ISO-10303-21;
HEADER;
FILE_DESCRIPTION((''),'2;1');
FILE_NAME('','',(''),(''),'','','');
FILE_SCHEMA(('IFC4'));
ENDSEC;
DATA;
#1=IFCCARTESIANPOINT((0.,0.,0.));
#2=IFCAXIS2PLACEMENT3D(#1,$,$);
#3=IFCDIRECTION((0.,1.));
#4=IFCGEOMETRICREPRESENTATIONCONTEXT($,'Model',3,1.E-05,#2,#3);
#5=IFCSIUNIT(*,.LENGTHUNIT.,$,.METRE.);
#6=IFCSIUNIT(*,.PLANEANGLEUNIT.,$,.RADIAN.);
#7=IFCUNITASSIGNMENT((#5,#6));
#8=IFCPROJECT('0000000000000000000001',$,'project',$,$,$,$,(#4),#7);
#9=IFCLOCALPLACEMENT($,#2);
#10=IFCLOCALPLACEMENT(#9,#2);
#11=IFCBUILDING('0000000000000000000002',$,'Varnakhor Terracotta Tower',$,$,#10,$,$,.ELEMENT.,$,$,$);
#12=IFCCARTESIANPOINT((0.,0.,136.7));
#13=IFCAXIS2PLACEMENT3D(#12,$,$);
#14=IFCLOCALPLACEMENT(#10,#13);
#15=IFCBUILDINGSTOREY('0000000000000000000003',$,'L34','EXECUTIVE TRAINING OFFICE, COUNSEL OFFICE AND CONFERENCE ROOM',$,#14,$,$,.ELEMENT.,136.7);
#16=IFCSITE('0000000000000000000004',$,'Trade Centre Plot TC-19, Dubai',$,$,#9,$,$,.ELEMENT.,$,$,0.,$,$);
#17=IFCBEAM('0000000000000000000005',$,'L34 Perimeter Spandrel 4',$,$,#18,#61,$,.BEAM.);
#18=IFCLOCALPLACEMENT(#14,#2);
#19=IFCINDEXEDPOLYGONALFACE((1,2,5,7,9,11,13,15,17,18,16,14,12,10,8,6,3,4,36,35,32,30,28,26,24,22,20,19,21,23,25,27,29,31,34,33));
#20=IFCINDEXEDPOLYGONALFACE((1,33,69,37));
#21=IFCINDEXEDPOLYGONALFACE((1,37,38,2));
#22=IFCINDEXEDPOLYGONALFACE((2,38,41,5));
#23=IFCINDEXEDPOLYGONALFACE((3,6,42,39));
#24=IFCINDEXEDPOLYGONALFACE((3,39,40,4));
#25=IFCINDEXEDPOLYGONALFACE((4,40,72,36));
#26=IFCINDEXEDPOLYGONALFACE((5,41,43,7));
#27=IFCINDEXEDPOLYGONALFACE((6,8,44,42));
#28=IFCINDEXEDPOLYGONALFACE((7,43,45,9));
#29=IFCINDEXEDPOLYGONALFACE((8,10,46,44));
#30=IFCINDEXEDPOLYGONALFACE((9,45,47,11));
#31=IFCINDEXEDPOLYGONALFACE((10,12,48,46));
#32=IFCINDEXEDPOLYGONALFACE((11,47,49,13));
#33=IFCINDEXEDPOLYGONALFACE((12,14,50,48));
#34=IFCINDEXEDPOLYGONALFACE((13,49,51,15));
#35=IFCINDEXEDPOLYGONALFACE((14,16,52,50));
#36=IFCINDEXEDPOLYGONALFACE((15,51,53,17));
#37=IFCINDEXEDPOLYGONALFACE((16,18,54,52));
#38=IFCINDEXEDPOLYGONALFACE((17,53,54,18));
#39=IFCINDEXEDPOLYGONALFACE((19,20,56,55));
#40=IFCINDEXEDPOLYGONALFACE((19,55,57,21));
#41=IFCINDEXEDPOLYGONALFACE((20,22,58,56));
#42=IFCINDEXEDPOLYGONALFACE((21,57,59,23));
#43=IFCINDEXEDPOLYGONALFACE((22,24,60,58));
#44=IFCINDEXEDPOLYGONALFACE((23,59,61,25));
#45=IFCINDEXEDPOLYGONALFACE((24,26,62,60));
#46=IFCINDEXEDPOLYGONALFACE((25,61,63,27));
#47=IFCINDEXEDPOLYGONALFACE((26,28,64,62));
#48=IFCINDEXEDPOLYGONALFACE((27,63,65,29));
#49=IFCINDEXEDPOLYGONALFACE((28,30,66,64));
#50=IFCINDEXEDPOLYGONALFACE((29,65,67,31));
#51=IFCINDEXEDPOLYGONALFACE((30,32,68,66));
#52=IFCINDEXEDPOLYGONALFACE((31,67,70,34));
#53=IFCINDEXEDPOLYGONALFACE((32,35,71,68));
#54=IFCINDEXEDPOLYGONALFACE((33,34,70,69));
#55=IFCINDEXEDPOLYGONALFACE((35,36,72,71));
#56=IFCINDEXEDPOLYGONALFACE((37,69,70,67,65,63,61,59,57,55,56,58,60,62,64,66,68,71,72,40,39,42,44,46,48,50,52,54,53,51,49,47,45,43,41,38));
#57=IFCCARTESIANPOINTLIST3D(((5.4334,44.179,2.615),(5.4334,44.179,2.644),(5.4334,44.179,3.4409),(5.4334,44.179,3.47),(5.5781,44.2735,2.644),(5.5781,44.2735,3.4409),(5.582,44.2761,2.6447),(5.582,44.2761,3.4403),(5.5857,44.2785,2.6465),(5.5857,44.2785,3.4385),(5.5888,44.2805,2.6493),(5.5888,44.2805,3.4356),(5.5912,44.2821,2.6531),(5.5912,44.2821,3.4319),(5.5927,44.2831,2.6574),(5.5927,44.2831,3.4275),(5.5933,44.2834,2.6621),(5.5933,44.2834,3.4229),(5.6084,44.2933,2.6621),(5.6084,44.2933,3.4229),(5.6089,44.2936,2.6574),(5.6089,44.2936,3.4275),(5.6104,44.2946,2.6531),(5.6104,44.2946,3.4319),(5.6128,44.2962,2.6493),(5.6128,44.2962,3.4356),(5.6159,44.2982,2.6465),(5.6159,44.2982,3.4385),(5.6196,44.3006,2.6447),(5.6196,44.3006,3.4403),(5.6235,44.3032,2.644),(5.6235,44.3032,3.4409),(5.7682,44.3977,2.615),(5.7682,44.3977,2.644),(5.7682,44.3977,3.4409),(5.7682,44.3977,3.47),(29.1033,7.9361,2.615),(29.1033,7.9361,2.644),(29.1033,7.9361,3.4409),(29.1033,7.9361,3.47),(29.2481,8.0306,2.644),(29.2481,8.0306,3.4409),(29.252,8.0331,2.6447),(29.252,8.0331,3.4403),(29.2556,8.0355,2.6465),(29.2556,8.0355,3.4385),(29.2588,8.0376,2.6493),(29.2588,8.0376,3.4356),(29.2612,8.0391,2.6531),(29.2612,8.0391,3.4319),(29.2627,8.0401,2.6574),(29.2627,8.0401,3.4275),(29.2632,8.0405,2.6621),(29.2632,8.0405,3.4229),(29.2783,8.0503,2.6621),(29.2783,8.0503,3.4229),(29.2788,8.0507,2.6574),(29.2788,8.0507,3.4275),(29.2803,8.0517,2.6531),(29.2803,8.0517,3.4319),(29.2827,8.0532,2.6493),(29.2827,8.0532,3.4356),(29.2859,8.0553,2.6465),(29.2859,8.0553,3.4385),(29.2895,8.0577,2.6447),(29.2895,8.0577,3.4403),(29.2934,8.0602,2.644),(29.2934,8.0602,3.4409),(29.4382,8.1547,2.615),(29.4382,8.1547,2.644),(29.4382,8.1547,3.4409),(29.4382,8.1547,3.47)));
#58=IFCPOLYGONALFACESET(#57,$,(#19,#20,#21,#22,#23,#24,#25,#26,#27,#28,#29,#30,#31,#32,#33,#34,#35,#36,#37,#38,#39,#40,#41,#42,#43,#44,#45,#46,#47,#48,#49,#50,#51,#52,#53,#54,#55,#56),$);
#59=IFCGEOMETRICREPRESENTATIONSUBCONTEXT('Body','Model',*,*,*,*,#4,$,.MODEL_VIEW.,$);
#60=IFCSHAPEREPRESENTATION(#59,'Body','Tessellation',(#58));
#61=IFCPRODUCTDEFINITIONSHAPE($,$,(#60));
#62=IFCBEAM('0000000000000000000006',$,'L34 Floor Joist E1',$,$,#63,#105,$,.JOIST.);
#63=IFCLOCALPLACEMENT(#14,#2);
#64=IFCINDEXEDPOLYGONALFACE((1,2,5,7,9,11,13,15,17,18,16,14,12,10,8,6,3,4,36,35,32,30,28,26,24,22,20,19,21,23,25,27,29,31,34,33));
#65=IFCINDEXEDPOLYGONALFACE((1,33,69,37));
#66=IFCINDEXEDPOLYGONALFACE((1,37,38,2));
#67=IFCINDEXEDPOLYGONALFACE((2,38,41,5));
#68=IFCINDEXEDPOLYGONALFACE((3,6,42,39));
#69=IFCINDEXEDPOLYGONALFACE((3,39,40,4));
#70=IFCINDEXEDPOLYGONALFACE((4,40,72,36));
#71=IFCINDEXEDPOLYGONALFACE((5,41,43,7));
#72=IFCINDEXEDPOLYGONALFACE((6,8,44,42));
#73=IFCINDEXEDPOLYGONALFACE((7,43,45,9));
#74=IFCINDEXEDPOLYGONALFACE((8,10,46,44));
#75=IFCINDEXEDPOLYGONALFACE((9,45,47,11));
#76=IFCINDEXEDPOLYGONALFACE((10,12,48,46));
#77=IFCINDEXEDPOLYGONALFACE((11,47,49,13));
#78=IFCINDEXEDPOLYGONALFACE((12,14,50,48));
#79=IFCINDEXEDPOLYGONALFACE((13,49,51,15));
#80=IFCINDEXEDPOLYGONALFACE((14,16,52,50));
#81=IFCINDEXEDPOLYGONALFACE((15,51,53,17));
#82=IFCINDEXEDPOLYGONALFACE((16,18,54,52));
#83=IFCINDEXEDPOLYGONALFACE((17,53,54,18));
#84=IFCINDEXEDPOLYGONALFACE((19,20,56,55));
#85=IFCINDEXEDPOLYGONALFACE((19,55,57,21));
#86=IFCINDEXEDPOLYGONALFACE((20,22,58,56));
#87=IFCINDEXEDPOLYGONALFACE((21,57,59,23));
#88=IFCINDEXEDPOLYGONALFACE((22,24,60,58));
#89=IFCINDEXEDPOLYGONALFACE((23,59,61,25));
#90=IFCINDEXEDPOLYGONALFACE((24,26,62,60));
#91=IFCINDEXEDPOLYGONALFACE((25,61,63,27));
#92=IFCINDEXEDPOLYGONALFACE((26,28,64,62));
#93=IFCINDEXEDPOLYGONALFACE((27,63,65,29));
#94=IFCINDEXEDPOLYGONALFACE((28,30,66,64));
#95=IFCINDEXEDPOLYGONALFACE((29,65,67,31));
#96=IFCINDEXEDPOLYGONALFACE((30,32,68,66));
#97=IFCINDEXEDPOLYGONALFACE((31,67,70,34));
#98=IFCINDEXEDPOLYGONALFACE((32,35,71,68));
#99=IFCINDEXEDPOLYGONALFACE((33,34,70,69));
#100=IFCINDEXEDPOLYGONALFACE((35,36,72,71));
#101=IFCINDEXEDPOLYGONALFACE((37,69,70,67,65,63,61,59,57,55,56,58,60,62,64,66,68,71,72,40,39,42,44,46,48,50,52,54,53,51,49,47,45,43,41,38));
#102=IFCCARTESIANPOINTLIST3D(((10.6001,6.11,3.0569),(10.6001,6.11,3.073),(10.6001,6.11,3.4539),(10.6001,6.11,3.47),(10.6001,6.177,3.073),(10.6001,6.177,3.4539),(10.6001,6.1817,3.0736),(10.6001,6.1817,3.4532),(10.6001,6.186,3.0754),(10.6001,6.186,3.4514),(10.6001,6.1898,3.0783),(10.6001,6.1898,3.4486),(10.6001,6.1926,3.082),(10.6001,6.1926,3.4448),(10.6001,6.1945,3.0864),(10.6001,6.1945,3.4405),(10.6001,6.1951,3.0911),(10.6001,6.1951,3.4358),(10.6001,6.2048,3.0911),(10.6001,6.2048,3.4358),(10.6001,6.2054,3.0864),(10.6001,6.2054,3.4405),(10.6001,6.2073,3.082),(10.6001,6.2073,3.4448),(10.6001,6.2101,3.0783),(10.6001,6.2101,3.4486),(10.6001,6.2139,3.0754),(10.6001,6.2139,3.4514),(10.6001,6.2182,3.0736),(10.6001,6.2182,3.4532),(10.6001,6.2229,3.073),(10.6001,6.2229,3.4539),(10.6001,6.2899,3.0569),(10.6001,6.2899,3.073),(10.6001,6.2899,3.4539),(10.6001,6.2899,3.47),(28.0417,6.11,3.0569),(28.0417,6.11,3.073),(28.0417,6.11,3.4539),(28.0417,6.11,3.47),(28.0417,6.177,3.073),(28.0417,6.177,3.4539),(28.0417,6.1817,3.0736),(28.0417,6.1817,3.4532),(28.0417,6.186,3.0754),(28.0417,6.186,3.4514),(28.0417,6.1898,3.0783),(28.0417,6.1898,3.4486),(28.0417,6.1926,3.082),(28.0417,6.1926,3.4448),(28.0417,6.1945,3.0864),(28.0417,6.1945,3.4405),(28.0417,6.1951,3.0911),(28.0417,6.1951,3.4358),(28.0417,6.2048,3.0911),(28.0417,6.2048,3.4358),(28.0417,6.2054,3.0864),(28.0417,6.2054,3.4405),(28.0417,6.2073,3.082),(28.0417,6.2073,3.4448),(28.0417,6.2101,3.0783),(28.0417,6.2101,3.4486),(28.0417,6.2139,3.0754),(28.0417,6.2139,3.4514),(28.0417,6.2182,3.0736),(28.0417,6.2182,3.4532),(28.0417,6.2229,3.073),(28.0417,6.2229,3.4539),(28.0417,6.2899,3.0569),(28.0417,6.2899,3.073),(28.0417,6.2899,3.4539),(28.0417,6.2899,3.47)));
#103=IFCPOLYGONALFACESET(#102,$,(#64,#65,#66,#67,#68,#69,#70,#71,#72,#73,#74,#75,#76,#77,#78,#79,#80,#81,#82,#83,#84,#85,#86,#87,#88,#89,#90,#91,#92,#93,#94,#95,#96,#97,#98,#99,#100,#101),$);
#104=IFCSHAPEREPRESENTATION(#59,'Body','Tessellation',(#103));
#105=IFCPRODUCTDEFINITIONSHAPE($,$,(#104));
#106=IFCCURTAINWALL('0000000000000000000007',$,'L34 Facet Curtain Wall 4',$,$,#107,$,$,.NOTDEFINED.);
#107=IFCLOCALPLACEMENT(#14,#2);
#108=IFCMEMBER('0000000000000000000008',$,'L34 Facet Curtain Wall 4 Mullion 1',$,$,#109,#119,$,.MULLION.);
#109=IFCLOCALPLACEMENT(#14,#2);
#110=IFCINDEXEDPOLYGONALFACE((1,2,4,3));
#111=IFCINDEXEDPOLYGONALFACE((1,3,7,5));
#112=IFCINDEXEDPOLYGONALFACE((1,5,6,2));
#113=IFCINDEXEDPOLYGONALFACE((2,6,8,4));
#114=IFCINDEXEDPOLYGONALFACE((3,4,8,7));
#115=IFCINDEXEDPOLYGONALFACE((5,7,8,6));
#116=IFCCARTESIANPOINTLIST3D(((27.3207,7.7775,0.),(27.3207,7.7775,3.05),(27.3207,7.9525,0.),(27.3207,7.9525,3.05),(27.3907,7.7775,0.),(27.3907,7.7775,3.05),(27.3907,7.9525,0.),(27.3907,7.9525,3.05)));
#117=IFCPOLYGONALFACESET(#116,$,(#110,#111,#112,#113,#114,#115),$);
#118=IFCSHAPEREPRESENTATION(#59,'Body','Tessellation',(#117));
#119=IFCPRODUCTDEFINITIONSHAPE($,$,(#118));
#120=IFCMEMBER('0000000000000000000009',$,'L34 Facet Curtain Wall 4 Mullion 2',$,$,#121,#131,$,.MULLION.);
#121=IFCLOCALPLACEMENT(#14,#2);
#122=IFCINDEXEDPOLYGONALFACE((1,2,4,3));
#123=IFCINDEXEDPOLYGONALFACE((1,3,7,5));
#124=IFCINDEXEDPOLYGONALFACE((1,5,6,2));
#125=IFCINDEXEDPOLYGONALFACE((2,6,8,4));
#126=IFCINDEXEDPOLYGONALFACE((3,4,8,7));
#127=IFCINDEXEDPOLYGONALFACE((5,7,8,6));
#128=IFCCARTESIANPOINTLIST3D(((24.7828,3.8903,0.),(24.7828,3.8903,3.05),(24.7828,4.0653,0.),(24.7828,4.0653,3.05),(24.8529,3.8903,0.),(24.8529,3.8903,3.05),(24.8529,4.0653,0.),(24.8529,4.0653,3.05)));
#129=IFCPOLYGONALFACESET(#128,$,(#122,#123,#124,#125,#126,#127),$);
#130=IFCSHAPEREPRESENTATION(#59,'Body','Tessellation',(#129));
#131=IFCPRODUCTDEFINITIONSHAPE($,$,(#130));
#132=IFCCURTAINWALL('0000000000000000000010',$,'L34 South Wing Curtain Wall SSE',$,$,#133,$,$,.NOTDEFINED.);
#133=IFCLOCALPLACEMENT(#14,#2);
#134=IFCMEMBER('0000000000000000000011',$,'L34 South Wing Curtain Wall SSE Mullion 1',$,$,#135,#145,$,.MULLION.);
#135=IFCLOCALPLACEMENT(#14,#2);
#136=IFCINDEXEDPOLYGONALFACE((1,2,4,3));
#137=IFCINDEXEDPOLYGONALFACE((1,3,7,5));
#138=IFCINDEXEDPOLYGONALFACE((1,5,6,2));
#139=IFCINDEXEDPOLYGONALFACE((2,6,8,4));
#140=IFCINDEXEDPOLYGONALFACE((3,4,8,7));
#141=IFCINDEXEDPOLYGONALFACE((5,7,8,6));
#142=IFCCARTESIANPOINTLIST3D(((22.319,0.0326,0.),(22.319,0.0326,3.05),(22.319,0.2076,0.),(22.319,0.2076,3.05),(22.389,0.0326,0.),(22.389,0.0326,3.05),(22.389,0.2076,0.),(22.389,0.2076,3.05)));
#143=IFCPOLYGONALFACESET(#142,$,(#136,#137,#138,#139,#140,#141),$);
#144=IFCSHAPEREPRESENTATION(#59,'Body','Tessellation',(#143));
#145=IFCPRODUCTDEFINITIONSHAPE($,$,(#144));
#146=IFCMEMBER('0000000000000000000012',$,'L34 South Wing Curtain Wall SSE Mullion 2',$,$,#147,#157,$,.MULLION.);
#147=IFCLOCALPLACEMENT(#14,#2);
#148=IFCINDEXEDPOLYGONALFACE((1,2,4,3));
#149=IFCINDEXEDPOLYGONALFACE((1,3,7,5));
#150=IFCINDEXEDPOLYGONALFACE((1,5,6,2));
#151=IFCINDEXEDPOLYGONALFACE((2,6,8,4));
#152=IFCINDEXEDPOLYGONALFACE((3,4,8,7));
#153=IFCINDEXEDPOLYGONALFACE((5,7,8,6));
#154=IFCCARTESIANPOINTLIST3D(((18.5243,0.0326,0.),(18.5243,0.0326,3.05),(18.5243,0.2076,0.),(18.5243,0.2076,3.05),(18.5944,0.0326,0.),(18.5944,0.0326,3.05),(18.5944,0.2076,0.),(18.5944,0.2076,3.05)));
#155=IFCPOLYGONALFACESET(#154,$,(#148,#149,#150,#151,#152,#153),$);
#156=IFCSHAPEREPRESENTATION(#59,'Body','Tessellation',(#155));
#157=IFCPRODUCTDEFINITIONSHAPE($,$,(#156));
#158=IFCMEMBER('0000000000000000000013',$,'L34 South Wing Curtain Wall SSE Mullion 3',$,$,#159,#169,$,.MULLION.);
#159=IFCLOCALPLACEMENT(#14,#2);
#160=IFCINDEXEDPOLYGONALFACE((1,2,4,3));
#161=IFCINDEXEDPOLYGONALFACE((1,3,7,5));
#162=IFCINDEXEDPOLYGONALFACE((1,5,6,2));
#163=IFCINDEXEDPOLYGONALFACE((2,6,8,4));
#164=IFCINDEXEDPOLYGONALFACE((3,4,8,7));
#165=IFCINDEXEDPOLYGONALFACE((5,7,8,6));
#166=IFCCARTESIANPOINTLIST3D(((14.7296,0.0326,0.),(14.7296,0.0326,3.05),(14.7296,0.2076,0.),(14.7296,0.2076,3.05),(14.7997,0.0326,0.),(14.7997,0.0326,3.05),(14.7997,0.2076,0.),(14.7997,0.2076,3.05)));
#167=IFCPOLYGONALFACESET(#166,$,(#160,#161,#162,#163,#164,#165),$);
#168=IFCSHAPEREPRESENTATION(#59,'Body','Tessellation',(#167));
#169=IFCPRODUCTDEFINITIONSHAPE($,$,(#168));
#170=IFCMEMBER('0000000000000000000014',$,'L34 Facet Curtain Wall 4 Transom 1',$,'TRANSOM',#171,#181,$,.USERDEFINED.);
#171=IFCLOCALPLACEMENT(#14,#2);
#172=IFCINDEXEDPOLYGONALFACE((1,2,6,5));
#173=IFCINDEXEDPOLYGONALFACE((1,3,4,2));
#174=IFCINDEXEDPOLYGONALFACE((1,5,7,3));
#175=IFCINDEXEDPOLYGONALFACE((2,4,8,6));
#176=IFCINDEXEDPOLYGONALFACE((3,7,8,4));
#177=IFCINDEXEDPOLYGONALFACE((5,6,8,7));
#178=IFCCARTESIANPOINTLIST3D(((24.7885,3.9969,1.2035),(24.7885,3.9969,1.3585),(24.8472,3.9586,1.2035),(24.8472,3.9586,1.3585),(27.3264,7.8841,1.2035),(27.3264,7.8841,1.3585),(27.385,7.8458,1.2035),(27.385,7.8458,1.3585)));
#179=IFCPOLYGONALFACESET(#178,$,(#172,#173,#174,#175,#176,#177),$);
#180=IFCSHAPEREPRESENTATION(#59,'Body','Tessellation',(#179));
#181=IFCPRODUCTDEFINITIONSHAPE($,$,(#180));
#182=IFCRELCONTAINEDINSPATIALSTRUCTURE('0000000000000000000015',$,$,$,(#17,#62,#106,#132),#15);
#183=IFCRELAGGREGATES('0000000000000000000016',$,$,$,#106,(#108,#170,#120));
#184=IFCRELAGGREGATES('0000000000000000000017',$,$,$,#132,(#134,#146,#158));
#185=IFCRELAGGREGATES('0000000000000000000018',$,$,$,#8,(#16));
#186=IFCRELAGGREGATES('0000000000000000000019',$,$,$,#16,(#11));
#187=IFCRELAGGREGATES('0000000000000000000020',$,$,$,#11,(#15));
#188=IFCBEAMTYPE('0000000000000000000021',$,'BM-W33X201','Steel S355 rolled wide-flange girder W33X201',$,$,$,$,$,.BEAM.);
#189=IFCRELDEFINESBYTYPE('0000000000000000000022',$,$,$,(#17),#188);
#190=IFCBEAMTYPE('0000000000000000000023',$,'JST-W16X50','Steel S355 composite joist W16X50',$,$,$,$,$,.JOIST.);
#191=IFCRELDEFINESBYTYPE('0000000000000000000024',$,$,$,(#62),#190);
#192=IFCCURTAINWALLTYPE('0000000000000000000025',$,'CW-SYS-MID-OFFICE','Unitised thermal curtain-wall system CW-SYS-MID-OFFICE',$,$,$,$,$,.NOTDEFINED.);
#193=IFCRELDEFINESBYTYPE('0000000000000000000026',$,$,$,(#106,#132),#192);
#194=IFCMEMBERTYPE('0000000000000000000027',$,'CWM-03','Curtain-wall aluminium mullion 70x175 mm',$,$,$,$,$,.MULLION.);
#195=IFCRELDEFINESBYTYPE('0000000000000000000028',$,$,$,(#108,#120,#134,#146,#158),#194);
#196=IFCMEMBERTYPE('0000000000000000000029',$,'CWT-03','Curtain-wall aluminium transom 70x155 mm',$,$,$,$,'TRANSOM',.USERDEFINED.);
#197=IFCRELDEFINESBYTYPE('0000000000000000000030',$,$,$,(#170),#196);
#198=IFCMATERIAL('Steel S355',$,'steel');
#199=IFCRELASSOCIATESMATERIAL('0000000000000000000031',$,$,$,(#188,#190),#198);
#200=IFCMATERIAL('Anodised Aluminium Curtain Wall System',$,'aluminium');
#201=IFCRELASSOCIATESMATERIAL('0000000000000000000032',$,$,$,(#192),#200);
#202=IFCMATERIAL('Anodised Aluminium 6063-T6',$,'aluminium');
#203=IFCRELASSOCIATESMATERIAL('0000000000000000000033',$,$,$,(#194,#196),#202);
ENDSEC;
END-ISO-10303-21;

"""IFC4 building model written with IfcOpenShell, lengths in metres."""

from ifc_helpers import new_model, si_unit, direction, frame, origin, origin_2d, place, context, subcontext, project, spatial, rectangle, i_section, extrude, source, transform, mapped, material, material_profile, profile_set, type_object, element, aggregate, save


model = new_model("IFC4")

# Units and contexts
model_context = context("Model", 3, precision=1e-05, world=origin(), true_north=direction((0.0, 1.0)))
body_context = subcontext(model_context, "Body", "Model", "MODEL_VIEW")
ifc_project = project(units=[si_unit("LENGTHUNIT", "METRE"), si_unit("PLANEANGLEUNIT", "RADIAN")], contexts=[model_context])

# Site, building, storey
site_placement = place(None, origin())
site = spatial("IfcSite", under=ifc_project, at=site_placement, Name="Trade Centre Plot TC-19, Dubai", CompositionType="ELEMENT", RefElevation=0.0)
building_placement = place(site_placement, origin())
building = spatial("IfcBuilding", under=site, at=building_placement, Name="Varnakhor Terracotta Tower", CompositionType="ELEMENT")
storey_placement = place(building_placement, frame((0.0, 0.0, 136.7)))
storey = spatial("IfcBuildingStorey", under=building, at=storey_placement, Name="L34", Description="EXECUTIVE TRAINING OFFICE, COUNSEL OFFICE AND CONFERENCE ROOM", CompositionType="ELEMENT", Elevation=136.7)

# Beams
ifc_material_1 = material(Name="Steel S355", Category="steel")
ifc_material_profile_1 = material_profile(ifc_material_1, i_section(OverallWidth=0.3999, OverallDepth=0.855, WebThickness=0.0181, FlangeThickness=0.0291, FilletRadius=0.0181, at=origin_2d()), Name="W33X201")
ifc_profile_set_1 = profile_set([ifc_material_profile_1], Name="Steel S355")
beam_type_1 = type_object("IfcBeamType", Name="BM-W33X201", Description="Steel S355 rolled wide-flange girder W33X201", PredefinedType="BEAM", material=ifc_profile_set_1)
shared_shape_1 = source(origin(), body_context, "Body", "SweptSolid", [
    extrude(i_section(OverallWidth=0.3999, OverallDepth=0.855, WebThickness=0.0181, FlangeThickness=0.0291, FilletRadius=0.0181, at=origin_2d()), origin(), (0.0, 0.0, 1.0), 43.2876),
])
beam_1_placement = place(storey_placement, frame((29.2708, 8.0454, 3.0425), z_axis=(-0.546806, 0.837259, 0.0), x_axis=(-0.837259, -0.546806, 0.0)))
element("IfcBeam", 1, at=beam_1_placement, inside=storey, type_object=beam_type_1, Name="L34 Perimeter Spandrel 4", PredefinedType="BEAM", context=body_context, shape_type="MappedRepresentation", body=[
    mapped(shared_shape_1, transform((0.0, 0.0, 0.0), scale=1.0)),
])
ifc_material_profile_2 = material_profile(ifc_material_1, i_section(OverallWidth=0.1799, OverallDepth=0.4131, WebThickness=0.0098, FlangeThickness=0.0161, FilletRadius=0.0181, at=origin_2d()), Name="W16X50")
ifc_profile_set_2 = profile_set([ifc_material_profile_2], Name="Steel S355")
beam_type_2 = type_object("IfcBeamType", Name="JST-W16X50", Description="Steel S355 composite joist W16X50", PredefinedType="JOIST", material=ifc_profile_set_2)
shared_shape_2 = source(origin(), body_context, "Body", "SweptSolid", [
    extrude(i_section(OverallWidth=0.1799, OverallDepth=0.4131, WebThickness=0.0098, FlangeThickness=0.0161, FilletRadius=0.0181, at=origin_2d()), origin(), (0.0, 0.0, 1.0), 17.4417),
])
beam_2_placement = place(storey_placement, frame((10.6001, 6.2, 3.2634), z_axis=(1.0, 0.0, 0.0), x_axis=(0.0, 1.0, 0.0)))
element("IfcBeam", 2, at=beam_2_placement, inside=storey, type_object=beam_type_2, Name="L34 Floor Joist E1", PredefinedType="JOIST", context=body_context, shape_type="MappedRepresentation", body=[
    mapped(shared_shape_2, transform((0.0, 0.0, 0.0), scale=1.0)),
])

# Curtain walls, members
ifc_material_2 = material(Name="Anodised Aluminium Curtain Wall System", Category="aluminium")
curtain_wall_type = type_object("IfcCurtainWallType", Name="CW-SYS-MID-OFFICE", Description="Unitised thermal curtain-wall system CW-SYS-MID-OFFICE", PredefinedType="NOTDEFINED", material=ifc_material_2)
curtain_wall_1_placement = place(storey_placement, origin())
curtain_wall_1 = element("IfcCurtainWall", 3, at=curtain_wall_1_placement, inside=storey, type_object=curtain_wall_type, Name="L34 Facet Curtain Wall 4", PredefinedType="NOTDEFINED")
ifc_material_3 = material(Name="Anodised Aluminium 6063-T6", Category="aluminium")
ifc_material_profile_3 = material_profile(ifc_material_3, rectangle(XDim=0.0701, YDim=0.175, at=origin_2d()), Name="ALU MULLION 70x175")
ifc_profile_set_3 = profile_set([ifc_material_profile_3], Name="Anodised Aluminium 6063-T6")
member_type_1 = type_object("IfcMemberType", Name="CWM-03", Description="Curtain-wall aluminium mullion 70x175 mm", PredefinedType="MULLION", material=ifc_profile_set_3)
shared_shape_3 = source(origin(), body_context, "Body", "SweptSolid", [
    extrude(rectangle(XDim=0.0701, YDim=0.175, at=origin_2d()), origin(), (0.0, 0.0, 1.0), 3.05),
])
member_1_placement = place(storey_placement, frame((27.3557, 7.865, 0.0), z_axis=(0.0, 0.0, 1.0), x_axis=(1.0, 0.0, 0.0)))
member_1 = element("IfcMember", 4, at=member_1_placement, type_object=member_type_1, Name="L34 Facet Curtain Wall 4 Mullion 1", PredefinedType="MULLION", context=body_context, shape_type="MappedRepresentation", body=[
    mapped(shared_shape_3, transform((0.0, 0.0, 0.0), scale=1.0)),
])
member_2_placement = place(storey_placement, frame((24.8179, 3.9778, 0.0), z_axis=(0.0, 0.0, 1.0), x_axis=(1.0, 0.0, 0.0)))
member_2 = element("IfcMember", 5, at=member_2_placement, type_object=member_type_1, Name="L34 Facet Curtain Wall 4 Mullion 2", PredefinedType="MULLION", context=body_context, shape_type="MappedRepresentation", body=[
    mapped(shared_shape_3, transform((0.0, 0.0, 0.0), scale=1.0)),
])
curtain_wall_2_placement = place(storey_placement, origin())
curtain_wall_2 = element("IfcCurtainWall", 6, at=curtain_wall_2_placement, inside=storey, type_object=curtain_wall_type, Name="L34 South Wing Curtain Wall SSE", PredefinedType="NOTDEFINED")
member_3_placement = place(storey_placement, frame((22.354, 0.1201, 0.0), z_axis=(0.0, 0.0, 1.0), x_axis=(1.0, 0.0, 0.0)))
member_3 = element("IfcMember", 7, at=member_3_placement, type_object=member_type_1, Name="L34 South Wing Curtain Wall SSE Mullion 1", PredefinedType="MULLION", context=body_context, shape_type="MappedRepresentation", body=[
    mapped(shared_shape_3, transform((0.0, 0.0, 0.0), scale=1.0)),
])
member_4_placement = place(storey_placement, frame((18.5593, 0.1201, 0.0), z_axis=(0.0, 0.0, 1.0), x_axis=(1.0, 0.0, 0.0)))
member_4 = element("IfcMember", 8, at=member_4_placement, type_object=member_type_1, Name="L34 South Wing Curtain Wall SSE Mullion 2", PredefinedType="MULLION", context=body_context, shape_type="MappedRepresentation", body=[
    mapped(shared_shape_3, transform((0.0, 0.0, 0.0), scale=1.0)),
])
member_5_placement = place(storey_placement, frame((14.7646, 0.1201, 0.0), z_axis=(0.0, 0.0, 1.0), x_axis=(1.0, 0.0, 0.0)))
member_5 = element("IfcMember", 9, at=member_5_placement, type_object=member_type_1, Name="L34 South Wing Curtain Wall SSE Mullion 3", PredefinedType="MULLION", context=body_context, shape_type="MappedRepresentation", body=[
    mapped(shared_shape_3, transform((0.0, 0.0, 0.0), scale=1.0)),
])

# Member
ifc_material_profile_4 = material_profile(ifc_material_3, rectangle(XDim=0.0701, YDim=0.155, at=origin_2d()), Name="ALU TRANSOM 70x155")
ifc_profile_set_4 = profile_set([ifc_material_profile_4], Name="Anodised Aluminium 6063-T6")
member_type_2 = type_object("IfcMemberType", Name="CWT-03", Description="Curtain-wall aluminium transom 70x155 mm", ElementType="TRANSOM", PredefinedType="USERDEFINED", material=ifc_profile_set_4)
shared_shape_4 = source(origin(), body_context, "Body", "SweptSolid", [
    extrude(rectangle(XDim=0.0701, YDim=0.155, at=origin_2d()), origin(), (0.0, 0.0, 1.0), 4.6423),
])
member_6_placement = place(storey_placement, frame((27.3557, 7.865, 1.281), z_axis=(-0.546677, -0.837344, 0.0), x_axis=(0.837344, -0.546677, 0.0)))
member_6 = element("IfcMember", 10, at=member_6_placement, type_object=member_type_2, Name="L34 Facet Curtain Wall 4 Transom 1", ObjectType="TRANSOM", PredefinedType="USERDEFINED", context=body_context, shape_type="MappedRepresentation", body=[
    mapped(shared_shape_4, transform((0.0, 0.0, 0.0), scale=1.0)),
])

aggregate(curtain_wall_1, [member_1, member_6, member_2])
aggregate(curtain_wall_2, [member_3, member_4, member_5])

save(model, "model.ifc")
